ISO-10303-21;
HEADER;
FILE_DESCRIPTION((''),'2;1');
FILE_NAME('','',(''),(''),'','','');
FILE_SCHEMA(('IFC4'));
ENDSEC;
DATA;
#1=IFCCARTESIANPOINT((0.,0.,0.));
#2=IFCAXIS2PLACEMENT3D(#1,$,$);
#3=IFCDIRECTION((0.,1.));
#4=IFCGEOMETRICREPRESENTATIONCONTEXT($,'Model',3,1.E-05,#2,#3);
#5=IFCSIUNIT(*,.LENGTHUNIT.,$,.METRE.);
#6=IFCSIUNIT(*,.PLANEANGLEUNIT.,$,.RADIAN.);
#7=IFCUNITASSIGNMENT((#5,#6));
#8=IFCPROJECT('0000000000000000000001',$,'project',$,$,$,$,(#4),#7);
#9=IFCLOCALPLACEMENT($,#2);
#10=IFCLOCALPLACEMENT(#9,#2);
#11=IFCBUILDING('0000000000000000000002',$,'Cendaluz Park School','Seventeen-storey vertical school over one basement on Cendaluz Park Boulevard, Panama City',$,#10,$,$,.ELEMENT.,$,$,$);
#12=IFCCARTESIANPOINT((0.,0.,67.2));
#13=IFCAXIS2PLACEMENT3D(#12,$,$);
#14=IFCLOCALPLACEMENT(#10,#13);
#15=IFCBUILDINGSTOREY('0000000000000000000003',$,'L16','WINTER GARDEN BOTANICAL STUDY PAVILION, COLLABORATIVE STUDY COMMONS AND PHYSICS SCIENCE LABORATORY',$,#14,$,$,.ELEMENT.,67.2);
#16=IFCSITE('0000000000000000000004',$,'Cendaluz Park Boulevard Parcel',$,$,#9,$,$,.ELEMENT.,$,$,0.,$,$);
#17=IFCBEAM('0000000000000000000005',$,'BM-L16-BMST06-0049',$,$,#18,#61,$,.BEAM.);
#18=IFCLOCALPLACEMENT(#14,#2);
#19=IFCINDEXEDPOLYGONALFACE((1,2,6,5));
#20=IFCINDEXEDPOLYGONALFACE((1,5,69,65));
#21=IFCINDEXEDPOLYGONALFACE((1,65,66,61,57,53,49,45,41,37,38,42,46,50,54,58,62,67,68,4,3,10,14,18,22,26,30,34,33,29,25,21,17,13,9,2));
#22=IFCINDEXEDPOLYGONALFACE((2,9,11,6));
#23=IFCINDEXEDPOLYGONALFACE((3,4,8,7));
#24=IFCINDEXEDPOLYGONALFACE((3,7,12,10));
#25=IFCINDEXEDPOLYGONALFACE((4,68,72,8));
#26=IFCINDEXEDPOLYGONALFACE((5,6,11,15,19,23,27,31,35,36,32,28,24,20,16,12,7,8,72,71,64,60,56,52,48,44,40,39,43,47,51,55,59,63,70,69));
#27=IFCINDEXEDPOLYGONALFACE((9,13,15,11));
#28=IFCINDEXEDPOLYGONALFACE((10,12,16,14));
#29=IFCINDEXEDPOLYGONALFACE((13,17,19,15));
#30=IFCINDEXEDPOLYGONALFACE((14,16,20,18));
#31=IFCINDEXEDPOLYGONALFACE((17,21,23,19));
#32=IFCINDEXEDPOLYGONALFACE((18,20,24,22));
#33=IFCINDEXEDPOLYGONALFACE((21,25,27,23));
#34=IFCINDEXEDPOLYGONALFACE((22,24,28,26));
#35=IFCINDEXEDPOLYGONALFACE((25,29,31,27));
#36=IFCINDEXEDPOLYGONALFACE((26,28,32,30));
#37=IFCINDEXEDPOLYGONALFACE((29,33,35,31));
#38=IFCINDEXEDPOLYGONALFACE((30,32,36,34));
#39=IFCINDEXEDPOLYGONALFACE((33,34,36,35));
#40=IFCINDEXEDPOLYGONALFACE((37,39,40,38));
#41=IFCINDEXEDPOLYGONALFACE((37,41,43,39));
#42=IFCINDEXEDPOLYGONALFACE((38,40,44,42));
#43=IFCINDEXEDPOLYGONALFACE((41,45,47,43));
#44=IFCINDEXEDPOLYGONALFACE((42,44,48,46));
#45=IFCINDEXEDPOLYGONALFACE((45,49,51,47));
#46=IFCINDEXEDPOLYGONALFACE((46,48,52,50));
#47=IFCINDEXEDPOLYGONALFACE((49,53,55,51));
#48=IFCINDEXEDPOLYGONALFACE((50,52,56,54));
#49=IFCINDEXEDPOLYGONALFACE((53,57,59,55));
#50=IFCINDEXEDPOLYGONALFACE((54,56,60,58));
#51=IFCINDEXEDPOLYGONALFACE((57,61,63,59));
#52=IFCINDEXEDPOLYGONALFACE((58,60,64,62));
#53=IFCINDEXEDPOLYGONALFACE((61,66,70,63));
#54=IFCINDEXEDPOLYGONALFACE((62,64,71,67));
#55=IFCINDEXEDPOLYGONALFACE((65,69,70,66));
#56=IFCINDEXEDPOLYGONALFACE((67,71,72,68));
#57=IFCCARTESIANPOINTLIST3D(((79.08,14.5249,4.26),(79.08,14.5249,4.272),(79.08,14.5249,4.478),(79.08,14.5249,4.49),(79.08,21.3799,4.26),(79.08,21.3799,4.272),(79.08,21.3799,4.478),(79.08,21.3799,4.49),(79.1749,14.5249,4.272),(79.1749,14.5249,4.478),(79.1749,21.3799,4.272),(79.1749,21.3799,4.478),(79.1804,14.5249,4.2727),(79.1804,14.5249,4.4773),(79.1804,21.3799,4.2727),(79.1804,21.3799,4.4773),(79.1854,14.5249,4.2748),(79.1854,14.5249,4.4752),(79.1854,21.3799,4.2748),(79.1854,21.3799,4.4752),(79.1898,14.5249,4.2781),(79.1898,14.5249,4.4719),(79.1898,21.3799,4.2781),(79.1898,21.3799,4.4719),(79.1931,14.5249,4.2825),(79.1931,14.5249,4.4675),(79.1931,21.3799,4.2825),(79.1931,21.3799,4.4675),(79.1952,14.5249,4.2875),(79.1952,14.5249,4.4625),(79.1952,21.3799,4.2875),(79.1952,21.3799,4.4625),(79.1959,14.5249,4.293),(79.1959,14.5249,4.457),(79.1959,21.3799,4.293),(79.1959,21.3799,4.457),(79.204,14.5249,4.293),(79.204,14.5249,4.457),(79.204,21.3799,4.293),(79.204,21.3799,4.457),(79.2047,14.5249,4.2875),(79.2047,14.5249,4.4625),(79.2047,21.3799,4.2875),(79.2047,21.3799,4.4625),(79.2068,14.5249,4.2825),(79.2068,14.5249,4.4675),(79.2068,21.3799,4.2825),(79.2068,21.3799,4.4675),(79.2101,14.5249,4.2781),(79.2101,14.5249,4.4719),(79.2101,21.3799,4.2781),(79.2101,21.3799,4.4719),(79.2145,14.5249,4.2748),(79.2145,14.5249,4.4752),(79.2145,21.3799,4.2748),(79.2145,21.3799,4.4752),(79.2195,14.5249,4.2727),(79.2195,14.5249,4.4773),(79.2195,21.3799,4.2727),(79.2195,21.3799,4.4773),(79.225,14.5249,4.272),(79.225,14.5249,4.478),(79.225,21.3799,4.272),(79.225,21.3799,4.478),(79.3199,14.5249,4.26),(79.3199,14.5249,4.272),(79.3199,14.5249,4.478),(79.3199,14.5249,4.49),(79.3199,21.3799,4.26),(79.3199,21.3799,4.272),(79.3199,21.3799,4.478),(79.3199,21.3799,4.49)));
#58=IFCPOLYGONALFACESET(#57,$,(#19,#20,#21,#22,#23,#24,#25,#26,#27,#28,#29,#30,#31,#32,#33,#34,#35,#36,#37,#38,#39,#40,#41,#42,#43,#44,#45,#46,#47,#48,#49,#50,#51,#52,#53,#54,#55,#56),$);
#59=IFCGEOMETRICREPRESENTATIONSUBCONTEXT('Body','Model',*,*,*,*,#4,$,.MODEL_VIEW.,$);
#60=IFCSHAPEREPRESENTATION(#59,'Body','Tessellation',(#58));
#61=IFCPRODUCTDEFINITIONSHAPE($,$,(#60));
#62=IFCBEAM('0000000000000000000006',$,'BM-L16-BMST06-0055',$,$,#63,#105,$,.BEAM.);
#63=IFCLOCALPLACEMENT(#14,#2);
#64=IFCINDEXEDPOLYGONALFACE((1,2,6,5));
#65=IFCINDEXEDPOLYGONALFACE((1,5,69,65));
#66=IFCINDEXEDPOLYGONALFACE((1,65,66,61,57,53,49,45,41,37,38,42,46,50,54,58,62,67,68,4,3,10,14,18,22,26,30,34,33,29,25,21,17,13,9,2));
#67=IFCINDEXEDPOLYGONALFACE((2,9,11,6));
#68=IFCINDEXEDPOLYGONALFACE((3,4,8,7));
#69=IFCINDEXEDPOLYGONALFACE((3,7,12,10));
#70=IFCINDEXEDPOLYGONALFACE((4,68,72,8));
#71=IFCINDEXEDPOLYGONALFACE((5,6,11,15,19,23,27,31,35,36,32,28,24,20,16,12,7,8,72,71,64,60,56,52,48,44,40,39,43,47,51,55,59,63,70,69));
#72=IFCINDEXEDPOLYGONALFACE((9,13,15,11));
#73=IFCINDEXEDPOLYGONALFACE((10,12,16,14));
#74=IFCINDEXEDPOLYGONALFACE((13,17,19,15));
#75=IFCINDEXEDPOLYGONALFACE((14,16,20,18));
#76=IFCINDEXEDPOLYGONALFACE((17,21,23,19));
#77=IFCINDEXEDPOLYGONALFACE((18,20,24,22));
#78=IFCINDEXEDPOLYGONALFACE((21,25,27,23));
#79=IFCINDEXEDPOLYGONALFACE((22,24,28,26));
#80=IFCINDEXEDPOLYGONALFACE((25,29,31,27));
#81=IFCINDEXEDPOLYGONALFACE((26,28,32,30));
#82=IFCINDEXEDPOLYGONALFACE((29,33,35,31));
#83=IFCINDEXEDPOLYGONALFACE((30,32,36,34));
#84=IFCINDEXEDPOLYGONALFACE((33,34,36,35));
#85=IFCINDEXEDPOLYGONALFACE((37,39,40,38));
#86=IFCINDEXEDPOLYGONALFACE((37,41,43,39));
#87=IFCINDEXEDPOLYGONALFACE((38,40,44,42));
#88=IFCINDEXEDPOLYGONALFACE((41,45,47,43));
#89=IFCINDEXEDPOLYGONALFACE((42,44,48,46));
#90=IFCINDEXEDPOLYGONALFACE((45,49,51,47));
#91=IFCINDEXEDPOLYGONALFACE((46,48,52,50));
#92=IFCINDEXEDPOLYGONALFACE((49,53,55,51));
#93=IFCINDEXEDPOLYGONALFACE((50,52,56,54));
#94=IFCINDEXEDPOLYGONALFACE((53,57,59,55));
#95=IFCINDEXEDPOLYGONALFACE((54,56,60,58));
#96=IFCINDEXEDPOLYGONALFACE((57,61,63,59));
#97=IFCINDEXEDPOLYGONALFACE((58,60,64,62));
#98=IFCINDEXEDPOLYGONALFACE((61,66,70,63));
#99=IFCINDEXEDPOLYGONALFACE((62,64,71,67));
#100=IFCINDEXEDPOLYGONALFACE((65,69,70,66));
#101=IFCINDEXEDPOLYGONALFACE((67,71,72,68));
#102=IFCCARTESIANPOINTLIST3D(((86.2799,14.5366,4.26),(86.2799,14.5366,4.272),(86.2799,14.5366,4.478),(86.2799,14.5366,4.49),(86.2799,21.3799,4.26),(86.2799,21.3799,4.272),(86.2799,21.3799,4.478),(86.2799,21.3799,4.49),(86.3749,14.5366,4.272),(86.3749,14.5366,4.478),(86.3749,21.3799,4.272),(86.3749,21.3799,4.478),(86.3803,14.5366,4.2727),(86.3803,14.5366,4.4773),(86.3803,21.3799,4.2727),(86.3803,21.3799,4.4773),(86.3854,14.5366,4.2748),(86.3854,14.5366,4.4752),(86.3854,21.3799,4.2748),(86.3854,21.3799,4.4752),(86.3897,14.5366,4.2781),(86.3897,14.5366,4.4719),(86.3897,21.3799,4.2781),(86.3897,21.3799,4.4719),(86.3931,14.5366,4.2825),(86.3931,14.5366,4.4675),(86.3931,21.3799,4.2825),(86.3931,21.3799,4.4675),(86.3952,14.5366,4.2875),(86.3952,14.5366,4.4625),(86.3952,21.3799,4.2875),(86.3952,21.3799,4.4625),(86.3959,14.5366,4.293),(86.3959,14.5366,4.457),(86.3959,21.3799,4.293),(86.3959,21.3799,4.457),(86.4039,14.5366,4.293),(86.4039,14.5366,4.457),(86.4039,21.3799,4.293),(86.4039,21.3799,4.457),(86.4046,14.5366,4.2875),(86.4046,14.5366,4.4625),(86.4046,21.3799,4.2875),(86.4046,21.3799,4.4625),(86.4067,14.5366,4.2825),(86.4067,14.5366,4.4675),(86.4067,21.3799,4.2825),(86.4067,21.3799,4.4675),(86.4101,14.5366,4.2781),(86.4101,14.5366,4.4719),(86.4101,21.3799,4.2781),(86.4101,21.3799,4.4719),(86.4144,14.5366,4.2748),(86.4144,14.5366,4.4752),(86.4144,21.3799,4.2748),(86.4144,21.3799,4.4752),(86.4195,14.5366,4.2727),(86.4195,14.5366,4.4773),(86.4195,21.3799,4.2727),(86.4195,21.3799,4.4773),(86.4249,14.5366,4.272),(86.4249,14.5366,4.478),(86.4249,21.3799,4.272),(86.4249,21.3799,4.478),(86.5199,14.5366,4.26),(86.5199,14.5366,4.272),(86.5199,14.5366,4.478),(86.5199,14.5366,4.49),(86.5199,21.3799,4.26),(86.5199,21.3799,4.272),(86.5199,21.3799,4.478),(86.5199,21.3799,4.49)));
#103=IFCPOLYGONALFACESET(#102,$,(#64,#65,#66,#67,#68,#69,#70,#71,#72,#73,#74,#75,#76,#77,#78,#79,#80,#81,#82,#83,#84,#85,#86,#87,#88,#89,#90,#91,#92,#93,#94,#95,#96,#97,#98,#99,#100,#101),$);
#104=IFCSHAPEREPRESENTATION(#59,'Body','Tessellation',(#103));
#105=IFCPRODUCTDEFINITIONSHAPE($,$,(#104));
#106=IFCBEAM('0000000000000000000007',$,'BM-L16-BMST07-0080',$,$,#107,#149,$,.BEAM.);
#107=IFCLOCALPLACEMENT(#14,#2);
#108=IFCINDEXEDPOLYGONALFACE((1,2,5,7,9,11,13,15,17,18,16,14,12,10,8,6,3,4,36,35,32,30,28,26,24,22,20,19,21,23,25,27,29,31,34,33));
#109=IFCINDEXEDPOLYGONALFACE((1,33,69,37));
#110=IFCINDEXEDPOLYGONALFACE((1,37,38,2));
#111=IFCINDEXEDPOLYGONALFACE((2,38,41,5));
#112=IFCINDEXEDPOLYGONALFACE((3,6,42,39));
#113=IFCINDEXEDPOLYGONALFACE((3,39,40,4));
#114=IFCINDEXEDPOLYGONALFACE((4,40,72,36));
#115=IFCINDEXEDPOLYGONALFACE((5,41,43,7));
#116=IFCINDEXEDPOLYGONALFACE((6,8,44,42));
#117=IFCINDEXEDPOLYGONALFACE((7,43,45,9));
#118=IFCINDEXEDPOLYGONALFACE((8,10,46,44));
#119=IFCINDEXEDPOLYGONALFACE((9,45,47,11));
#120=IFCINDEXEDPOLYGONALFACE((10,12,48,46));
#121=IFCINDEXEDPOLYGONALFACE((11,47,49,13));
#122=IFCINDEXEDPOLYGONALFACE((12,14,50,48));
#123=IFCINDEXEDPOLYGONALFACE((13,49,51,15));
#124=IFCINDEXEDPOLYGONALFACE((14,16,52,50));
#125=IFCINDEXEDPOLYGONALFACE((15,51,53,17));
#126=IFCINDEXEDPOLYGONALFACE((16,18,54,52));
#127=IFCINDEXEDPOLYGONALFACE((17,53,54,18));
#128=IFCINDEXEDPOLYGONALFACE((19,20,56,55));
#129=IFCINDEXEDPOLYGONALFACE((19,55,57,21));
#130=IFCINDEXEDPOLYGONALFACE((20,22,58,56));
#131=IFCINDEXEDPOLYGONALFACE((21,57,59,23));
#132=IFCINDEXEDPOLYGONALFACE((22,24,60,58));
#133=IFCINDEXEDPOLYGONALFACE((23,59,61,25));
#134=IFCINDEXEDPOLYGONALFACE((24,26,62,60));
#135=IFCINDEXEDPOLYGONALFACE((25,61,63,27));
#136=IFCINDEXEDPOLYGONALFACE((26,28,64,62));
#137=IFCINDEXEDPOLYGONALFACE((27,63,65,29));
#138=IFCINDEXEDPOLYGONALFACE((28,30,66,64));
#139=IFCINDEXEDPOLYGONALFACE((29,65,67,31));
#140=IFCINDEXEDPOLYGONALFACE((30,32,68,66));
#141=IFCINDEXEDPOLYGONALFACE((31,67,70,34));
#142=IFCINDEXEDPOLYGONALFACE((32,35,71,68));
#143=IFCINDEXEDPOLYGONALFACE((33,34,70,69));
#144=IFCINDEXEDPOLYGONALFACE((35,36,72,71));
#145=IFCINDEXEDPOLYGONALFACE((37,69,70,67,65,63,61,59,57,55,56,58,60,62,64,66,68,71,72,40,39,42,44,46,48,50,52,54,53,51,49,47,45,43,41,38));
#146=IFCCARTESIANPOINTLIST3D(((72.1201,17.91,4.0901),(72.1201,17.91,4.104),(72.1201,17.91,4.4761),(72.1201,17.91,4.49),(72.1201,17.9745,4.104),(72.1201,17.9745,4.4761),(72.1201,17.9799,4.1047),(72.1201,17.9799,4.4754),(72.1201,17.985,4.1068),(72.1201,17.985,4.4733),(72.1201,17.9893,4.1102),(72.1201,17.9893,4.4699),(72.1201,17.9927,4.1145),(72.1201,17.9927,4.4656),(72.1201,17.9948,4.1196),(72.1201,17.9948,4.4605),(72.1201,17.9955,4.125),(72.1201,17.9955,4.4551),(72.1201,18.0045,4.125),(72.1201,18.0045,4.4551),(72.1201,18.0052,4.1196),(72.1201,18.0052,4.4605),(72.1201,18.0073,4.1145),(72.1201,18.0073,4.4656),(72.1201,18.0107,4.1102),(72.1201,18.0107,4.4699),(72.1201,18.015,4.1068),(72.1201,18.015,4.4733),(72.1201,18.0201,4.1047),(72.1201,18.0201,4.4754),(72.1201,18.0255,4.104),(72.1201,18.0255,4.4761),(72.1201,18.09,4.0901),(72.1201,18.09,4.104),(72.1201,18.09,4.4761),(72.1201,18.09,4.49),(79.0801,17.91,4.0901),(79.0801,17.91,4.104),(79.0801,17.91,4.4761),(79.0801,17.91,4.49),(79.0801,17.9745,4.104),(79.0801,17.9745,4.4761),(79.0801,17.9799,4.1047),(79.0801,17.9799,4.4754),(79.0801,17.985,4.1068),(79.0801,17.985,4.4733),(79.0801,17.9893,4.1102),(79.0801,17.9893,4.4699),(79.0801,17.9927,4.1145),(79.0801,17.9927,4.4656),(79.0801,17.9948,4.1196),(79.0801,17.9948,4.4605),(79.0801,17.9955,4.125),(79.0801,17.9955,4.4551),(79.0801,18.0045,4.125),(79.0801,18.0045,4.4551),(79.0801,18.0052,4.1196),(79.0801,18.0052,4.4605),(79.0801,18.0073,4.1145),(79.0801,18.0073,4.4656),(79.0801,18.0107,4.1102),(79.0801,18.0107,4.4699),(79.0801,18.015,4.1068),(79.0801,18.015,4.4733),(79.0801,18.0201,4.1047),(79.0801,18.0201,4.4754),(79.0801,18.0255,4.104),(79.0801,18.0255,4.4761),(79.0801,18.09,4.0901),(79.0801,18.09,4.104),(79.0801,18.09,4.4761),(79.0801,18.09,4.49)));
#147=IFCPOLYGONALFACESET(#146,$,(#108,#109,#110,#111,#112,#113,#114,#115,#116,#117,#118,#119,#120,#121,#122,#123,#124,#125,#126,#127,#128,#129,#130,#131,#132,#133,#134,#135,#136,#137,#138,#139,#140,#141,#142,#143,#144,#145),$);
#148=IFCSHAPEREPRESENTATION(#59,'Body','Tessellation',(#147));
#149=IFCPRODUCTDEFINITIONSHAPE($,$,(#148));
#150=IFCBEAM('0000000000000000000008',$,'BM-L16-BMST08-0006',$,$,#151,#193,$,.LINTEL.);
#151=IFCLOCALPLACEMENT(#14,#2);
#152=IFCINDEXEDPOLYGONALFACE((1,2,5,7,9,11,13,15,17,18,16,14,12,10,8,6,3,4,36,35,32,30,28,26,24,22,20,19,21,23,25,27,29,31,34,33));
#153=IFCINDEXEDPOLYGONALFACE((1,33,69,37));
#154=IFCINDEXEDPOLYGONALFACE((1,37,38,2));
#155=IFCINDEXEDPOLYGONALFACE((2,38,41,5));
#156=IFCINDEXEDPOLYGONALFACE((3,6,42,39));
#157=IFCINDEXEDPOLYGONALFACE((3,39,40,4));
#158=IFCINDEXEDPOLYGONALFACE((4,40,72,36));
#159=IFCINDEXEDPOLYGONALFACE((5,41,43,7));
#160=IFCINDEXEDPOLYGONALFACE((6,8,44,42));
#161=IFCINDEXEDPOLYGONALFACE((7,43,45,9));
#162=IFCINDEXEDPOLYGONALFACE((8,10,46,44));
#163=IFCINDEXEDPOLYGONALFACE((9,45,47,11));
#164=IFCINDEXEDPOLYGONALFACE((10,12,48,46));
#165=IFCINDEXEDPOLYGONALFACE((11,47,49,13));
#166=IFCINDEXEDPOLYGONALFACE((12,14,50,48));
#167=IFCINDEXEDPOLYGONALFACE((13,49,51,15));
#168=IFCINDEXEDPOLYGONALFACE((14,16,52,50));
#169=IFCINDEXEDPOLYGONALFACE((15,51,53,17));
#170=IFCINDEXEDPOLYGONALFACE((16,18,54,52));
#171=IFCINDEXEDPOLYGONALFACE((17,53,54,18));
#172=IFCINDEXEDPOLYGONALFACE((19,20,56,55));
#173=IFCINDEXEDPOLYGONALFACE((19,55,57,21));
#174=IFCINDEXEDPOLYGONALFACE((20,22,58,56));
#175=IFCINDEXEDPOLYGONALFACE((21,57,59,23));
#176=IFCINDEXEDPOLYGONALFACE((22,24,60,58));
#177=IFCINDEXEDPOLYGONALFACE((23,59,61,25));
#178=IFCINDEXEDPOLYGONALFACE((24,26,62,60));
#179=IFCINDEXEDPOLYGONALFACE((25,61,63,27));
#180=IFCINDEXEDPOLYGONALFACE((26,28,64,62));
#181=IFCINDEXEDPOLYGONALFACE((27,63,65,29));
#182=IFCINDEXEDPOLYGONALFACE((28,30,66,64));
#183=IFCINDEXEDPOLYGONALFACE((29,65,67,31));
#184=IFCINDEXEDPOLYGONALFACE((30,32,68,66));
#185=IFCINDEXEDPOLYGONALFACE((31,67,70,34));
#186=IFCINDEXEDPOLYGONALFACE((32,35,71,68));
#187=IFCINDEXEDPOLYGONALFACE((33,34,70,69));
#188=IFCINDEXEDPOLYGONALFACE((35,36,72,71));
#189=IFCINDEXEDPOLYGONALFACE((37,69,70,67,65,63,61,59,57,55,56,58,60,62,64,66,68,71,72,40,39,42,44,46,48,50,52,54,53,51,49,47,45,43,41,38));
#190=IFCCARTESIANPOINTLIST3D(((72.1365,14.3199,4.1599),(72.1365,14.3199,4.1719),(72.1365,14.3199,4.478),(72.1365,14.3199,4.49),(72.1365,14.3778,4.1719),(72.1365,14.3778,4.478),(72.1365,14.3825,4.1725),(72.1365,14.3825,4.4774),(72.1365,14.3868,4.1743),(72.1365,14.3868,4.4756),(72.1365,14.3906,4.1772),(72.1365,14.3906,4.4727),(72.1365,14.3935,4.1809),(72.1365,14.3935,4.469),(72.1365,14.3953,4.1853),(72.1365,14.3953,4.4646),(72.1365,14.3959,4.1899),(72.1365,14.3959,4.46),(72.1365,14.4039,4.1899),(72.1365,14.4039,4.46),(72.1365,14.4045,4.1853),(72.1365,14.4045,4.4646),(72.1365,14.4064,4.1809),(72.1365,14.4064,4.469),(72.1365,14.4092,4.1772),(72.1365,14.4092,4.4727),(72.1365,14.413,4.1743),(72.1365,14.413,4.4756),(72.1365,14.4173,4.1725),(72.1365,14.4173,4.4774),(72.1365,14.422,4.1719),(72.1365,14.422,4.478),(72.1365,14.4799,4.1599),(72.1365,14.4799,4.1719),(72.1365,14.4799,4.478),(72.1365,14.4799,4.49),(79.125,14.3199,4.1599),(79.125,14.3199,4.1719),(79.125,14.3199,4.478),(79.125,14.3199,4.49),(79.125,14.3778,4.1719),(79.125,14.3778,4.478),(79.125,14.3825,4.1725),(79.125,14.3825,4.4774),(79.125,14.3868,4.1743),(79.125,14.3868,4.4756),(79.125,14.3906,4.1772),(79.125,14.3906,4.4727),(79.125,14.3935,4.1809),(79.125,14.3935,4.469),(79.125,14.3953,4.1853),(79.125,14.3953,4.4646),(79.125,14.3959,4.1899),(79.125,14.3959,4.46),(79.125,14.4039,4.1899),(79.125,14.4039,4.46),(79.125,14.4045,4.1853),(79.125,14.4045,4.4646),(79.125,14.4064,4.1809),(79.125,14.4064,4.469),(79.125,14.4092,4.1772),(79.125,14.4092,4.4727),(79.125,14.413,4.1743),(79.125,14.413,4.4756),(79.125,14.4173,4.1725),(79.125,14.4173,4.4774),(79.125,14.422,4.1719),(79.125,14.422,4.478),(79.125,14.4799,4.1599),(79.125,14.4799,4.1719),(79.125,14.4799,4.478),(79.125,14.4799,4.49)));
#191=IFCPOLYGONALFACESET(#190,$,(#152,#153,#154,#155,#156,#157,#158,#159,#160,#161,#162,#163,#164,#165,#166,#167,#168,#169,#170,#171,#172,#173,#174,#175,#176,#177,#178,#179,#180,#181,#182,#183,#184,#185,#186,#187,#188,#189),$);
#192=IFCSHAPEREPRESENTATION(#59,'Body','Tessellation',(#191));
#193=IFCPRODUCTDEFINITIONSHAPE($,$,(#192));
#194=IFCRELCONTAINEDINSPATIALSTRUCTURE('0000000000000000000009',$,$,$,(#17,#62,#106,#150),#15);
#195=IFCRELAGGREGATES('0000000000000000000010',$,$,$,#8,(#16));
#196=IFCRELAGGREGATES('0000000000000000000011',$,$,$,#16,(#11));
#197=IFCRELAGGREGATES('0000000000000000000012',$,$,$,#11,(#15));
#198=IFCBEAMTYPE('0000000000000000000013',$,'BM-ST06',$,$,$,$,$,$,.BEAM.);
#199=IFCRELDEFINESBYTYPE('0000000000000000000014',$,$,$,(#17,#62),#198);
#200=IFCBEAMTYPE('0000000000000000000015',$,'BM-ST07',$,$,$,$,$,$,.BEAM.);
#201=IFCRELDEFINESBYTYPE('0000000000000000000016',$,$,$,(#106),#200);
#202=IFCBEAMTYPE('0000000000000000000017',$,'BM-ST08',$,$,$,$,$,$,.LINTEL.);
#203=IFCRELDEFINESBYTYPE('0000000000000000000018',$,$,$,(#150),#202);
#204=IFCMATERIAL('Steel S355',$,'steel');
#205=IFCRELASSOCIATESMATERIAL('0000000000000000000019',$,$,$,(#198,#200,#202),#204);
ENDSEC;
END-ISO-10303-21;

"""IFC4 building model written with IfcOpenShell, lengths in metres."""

from ifc_helpers import new_model, si_unit, direction, frame, origin, origin_2d, place, context, subcontext, project, spatial, i_section, extrude, material, material_profile, profile_set, type_object, element, save


model = new_model("IFC4")

# Units and contexts
model_context = context("Model", 3, precision=1e-05, world=origin(), true_north=direction((0.0, 1.0)))
body_context = subcontext(model_context, "Body", "Model", "MODEL_VIEW")
ifc_project = project(units=[si_unit("LENGTHUNIT", "METRE"), si_unit("PLANEANGLEUNIT", "RADIAN")], contexts=[model_context])

# Site, building, storey
site_placement = place(None, origin())
site = spatial("IfcSite", under=ifc_project, at=site_placement, Name="Cendaluz Park Boulevard Parcel", CompositionType="ELEMENT", RefElevation=0.0)
building_placement = place(site_placement, origin())
building = spatial("IfcBuilding", under=site, at=building_placement, Name="Cendaluz Park School", Description="Seventeen-storey vertical school over one basement on Cendaluz Park Boulevard, Panama City", CompositionType="ELEMENT")
storey_placement = place(building_placement, frame((0.0, 0.0, 67.2)))
storey = spatial("IfcBuildingStorey", under=building, at=storey_placement, Name="L16", Description="WINTER GARDEN BOTANICAL STUDY PAVILION, COLLABORATIVE STUDY COMMONS AND PHYSICS SCIENCE LABORATORY", CompositionType="ELEMENT", Elevation=67.2)

# Shared definitions
ifc_material_1 = material(Name="Steel S355", Category="steel")

# Beams
ifc_material_profile_1 = material_profile(ifc_material_1, i_section(OverallWidth=0.24, OverallDepth=0.23, WebThickness=0.0081, FlangeThickness=0.012, FilletRadius=0.021, at=origin_2d()), Name="HEA 240", Category="steel")
ifc_profile_set_1 = profile_set([ifc_material_profile_1], Name="Steel S355")
beam_type_1 = type_object("IfcBeamType", Name="BM-ST06", PredefinedType="BEAM", material=ifc_profile_set_1)
beam_1_placement = place(storey_placement, frame((79.2, 14.5249, 4.375), z_axis=(0.0, 1.0, 0.0), x_axis=(-1.0, 0.0, 0.0)))
element("IfcBeam", 1, at=beam_1_placement, inside=storey, type_object=beam_type_1, Name="BM-L16-BMST06-0049", PredefinedType="BEAM", context=body_context, shape_type="SweptSolid", body=[
    extrude(i_section(OverallWidth=0.24, OverallDepth=0.23, WebThickness=0.0081, FlangeThickness=0.012, FilletRadius=0.021, at=origin_2d()), origin(), (0.0, 0.0, 1.0), 6.855),
])
beam_2_placement = place(storey_placement, frame((86.3999, 14.5366, 4.375), z_axis=(0.0, 1.0, 0.0), x_axis=(-1.0, 0.0, 0.0)))
element("IfcBeam", 2, at=beam_2_placement, inside=storey, type_object=beam_type_1, Name="BM-L16-BMST06-0055", PredefinedType="BEAM", context=body_context, shape_type="SweptSolid", body=[
    extrude(i_section(OverallWidth=0.24, OverallDepth=0.23, WebThickness=0.0081, FlangeThickness=0.012, FilletRadius=0.021, at=origin_2d()), origin(), (0.0, 0.0, 1.0), 6.8433),
])
ifc_material_profile_2 = material_profile(ifc_material_1, i_section(OverallWidth=0.1799, OverallDepth=0.3999, WebThickness=0.009, FlangeThickness=0.0139, FilletRadius=0.021, at=origin_2d()), Name="IPE 400", Category="steel")
ifc_profile_set_2 = profile_set([ifc_material_profile_2], Name="Steel S355")
beam_type_2 = type_object("IfcBeamType", Name="BM-ST07", PredefinedType="BEAM", material=ifc_profile_set_2)
beam_3_placement = place(storey_placement, frame((72.1201, 18.0, 4.29), z_axis=(1.0, 0.0, 0.0), x_axis=(0.0, 1.0, 0.0)))
element("IfcBeam", 3, at=beam_3_placement, inside=storey, type_object=beam_type_2, Name="BM-L16-BMST07-0080", PredefinedType="BEAM", context=body_context, shape_type="SweptSolid", body=[
    extrude(i_section(OverallWidth=0.1799, OverallDepth=0.3999, WebThickness=0.009, FlangeThickness=0.0139, FilletRadius=0.021, at=origin_2d()), origin(), (0.0, 0.0, 1.0), 6.96),
])
ifc_material_profile_3 = material_profile(ifc_material_1, i_section(OverallWidth=0.1599, OverallDepth=0.3301, WebThickness=0.0081, FlangeThickness=0.012, FilletRadius=0.0181, at=origin_2d()), Name="IPE 330", Category="steel")
ifc_profile_set_3 = profile_set([ifc_material_profile_3], Name="Steel S355")
beam_type_3 = type_object("IfcBeamType", Name="BM-ST08", PredefinedType="LINTEL", material=ifc_profile_set_3)
for number, where, z_axis, x_axis, name in (
    (4, (72.1365, 14.3999, 4.325), (1.0, 0.0, 0.0), (0.0, 1.0, 0.0), "BM-L16-BMST08-0006"),
):
    element("IfcBeam", number, at=place(storey_placement, frame(where, z_axis=z_axis, x_axis=x_axis)), inside=storey, type_object=beam_type_3, Name=name, PredefinedType="LINTEL", context=body_context, shape_type="SweptSolid", body=[
        extrude(i_section(OverallWidth=0.1599, OverallDepth=0.3301, WebThickness=0.0081, FlangeThickness=0.012, FilletRadius=0.0181, at=origin_2d()), origin(), (0.0, 0.0, 1.0), 6.9885),
    ])

save(model, "model.ifc")
